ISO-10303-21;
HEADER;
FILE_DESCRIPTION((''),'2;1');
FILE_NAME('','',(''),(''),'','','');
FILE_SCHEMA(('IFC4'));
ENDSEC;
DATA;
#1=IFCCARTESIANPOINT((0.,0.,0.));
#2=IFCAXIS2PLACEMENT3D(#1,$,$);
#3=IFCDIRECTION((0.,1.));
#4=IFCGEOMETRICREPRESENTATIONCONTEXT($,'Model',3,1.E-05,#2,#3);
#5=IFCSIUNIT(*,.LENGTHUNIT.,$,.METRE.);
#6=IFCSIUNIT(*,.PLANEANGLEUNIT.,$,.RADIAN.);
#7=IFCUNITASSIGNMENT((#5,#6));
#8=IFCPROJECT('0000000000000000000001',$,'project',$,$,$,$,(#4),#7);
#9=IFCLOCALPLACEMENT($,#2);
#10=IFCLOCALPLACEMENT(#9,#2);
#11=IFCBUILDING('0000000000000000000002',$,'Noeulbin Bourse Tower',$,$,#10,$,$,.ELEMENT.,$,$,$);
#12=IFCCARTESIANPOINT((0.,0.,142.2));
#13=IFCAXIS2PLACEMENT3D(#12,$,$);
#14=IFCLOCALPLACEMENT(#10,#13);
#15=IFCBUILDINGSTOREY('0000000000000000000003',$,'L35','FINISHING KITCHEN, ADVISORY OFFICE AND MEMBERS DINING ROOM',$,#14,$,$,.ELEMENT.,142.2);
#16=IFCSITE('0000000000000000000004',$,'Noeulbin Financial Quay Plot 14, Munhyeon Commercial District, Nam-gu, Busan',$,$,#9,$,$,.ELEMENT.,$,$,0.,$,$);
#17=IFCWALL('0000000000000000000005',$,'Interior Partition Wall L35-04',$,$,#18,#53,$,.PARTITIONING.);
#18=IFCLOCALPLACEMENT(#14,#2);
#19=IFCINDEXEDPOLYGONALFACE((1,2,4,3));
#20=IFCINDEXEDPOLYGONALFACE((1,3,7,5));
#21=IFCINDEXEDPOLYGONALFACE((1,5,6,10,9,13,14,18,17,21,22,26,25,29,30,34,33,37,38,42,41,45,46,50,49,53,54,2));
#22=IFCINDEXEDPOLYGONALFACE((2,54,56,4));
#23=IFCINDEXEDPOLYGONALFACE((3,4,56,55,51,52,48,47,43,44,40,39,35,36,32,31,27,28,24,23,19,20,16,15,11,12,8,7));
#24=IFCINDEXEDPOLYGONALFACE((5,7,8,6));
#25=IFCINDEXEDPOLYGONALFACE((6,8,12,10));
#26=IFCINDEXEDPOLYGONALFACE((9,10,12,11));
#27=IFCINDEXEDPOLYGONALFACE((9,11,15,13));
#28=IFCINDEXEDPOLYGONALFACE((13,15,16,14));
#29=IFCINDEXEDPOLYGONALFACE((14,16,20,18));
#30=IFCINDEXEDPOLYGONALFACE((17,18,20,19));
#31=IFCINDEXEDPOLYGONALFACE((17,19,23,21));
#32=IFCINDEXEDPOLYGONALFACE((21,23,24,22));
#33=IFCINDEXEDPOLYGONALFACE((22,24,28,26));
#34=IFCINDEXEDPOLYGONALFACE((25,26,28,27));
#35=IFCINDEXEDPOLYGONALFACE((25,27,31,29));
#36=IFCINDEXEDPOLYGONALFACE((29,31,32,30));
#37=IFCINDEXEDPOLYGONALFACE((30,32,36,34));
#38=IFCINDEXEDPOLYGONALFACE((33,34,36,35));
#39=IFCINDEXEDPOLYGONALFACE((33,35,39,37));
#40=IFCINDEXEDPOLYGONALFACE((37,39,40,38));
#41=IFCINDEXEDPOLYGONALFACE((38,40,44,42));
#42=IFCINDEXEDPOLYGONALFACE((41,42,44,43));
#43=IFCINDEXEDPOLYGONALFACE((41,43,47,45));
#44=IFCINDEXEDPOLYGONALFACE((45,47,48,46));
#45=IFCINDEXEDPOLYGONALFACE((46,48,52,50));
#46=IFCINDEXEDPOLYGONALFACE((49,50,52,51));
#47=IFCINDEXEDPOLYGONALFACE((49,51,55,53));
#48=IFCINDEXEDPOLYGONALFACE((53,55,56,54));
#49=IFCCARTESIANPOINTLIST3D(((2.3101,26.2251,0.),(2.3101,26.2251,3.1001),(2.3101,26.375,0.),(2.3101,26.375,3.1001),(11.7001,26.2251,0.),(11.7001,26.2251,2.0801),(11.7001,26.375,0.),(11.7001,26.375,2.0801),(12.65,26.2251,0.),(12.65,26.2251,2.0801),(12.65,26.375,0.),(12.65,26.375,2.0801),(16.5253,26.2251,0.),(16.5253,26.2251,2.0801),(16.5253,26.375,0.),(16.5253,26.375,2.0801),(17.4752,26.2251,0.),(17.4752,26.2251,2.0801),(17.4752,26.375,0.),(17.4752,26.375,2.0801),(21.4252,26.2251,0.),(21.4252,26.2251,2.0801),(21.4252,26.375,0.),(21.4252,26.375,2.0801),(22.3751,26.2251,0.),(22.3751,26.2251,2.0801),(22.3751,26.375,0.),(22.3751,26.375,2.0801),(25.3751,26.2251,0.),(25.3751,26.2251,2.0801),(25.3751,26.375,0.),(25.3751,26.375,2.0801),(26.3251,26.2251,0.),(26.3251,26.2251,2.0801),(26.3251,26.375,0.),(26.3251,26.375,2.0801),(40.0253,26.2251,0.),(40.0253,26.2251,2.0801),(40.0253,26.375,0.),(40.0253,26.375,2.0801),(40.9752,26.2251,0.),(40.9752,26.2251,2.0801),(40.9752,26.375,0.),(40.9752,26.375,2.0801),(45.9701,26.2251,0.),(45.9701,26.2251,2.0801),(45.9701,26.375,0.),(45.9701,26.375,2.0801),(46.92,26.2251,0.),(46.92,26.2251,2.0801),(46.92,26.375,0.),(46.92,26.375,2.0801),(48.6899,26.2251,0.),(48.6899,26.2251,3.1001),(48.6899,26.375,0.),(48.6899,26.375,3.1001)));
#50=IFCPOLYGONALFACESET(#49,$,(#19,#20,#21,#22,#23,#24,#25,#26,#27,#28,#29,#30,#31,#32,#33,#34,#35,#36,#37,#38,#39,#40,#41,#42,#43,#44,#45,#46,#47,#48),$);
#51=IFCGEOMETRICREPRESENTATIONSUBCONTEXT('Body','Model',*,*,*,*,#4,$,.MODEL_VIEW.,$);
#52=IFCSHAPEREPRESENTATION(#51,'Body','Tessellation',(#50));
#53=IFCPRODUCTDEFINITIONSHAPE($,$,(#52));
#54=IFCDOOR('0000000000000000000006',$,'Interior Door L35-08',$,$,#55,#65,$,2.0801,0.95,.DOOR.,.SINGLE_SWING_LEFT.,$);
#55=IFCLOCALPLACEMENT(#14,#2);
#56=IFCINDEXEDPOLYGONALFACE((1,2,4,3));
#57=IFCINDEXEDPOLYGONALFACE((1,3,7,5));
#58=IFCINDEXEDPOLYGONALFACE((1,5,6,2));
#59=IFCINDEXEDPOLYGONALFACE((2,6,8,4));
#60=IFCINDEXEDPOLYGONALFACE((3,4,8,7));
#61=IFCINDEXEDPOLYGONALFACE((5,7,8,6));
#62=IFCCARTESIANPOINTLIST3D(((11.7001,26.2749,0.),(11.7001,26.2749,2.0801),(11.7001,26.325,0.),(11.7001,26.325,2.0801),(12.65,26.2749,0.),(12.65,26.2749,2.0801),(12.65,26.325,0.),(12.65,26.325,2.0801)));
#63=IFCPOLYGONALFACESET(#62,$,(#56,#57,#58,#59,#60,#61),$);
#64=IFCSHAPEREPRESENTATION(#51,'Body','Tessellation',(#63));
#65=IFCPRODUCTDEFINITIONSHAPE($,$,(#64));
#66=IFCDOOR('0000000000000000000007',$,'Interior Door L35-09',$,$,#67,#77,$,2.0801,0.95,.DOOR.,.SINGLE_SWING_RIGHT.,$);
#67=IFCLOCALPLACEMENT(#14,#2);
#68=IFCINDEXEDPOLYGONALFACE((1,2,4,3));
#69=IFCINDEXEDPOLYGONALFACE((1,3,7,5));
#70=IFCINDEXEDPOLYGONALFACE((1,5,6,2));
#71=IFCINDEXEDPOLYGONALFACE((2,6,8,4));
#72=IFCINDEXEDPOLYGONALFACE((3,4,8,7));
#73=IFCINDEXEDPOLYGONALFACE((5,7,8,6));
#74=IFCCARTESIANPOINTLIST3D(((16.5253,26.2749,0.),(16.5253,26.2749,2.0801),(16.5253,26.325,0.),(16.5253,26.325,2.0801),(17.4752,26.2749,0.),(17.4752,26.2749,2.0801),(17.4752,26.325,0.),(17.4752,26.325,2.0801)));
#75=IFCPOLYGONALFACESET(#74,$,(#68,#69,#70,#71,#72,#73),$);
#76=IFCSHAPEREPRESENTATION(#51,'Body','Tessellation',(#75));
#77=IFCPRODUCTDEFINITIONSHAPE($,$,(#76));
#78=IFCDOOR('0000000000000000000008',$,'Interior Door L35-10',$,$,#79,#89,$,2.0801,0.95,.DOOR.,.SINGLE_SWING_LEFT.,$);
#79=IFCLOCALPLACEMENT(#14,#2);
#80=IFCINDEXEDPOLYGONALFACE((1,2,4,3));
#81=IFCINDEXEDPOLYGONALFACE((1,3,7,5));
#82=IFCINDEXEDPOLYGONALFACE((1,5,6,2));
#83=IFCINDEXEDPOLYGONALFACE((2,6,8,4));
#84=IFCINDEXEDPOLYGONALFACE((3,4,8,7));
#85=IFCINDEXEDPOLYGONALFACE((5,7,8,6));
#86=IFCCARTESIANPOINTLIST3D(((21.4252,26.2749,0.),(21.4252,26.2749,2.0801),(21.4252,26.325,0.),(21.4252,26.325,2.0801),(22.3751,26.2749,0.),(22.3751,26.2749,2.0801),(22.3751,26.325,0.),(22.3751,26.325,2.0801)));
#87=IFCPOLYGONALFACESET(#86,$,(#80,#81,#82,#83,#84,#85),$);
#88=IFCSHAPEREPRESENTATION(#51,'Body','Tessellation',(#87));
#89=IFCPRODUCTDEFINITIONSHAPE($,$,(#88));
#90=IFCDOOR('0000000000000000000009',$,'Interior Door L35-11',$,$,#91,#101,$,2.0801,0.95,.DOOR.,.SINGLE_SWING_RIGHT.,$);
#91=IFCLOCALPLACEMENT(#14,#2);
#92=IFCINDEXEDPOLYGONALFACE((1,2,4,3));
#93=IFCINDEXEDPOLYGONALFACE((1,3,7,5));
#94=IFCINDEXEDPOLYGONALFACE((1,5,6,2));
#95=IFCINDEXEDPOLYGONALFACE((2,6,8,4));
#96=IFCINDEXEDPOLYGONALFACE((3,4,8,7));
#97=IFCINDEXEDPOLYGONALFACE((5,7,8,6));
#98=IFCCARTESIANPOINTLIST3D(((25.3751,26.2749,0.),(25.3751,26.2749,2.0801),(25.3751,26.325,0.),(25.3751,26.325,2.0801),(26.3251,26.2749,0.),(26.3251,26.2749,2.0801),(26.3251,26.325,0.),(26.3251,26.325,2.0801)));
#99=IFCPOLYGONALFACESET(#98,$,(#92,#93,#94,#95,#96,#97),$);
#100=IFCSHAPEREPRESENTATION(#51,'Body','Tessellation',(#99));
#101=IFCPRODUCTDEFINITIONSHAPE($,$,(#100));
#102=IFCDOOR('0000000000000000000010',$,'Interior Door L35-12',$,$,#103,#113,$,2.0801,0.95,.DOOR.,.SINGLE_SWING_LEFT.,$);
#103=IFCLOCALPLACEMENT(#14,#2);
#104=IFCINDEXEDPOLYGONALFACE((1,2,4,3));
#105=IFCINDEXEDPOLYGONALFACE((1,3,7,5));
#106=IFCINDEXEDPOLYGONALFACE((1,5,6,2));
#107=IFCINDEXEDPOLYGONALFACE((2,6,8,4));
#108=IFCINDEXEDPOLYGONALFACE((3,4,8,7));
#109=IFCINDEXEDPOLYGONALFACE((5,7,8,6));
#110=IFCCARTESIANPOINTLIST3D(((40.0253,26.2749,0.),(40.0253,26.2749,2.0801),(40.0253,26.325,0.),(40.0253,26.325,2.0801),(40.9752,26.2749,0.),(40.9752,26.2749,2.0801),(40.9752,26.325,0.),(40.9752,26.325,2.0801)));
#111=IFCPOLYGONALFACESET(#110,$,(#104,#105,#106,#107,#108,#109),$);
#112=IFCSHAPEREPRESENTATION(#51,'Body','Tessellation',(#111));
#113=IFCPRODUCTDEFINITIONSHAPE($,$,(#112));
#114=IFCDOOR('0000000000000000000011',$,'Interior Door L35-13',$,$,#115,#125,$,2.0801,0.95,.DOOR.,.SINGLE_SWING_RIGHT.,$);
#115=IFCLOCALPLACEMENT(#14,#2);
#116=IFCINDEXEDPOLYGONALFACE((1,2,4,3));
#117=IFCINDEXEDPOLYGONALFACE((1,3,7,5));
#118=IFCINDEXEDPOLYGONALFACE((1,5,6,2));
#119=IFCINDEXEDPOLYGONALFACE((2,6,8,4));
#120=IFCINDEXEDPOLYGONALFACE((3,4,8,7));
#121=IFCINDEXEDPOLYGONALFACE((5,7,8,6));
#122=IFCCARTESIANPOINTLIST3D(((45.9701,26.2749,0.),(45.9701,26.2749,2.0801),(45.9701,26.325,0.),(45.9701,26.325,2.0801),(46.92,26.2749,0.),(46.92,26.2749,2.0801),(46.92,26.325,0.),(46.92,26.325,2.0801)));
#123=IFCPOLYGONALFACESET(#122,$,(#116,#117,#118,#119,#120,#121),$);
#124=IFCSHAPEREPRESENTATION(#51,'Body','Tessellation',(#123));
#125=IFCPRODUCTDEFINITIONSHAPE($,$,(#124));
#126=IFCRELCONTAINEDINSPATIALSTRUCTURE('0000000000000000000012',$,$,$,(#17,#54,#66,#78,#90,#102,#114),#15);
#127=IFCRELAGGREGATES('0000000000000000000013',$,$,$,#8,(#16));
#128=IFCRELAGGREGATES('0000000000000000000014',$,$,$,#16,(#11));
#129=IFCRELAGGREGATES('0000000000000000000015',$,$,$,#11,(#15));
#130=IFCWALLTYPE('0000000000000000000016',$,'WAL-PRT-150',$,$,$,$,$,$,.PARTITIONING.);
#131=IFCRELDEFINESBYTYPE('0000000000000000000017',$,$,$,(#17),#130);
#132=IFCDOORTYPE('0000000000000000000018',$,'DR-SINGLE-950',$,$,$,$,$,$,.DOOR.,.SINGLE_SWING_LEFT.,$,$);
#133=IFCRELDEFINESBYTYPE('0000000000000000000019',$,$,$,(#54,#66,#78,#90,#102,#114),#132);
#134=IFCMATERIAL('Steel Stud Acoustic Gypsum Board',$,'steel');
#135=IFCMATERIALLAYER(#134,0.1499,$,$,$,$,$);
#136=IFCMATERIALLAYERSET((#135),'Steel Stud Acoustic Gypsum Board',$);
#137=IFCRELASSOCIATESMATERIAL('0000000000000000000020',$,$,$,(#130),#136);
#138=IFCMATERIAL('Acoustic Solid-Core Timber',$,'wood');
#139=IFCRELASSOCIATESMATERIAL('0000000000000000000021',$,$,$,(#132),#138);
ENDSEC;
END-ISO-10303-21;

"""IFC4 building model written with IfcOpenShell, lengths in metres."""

from ifc_helpers import new_model, si_unit, direction, frame, frame_2d, origin, place, context, subcontext, project, spatial, rectangle, extrude, material, layer, layer_set, type_object, element, fill, save


model = new_model("IFC4")

# Units and contexts
model_context = context("Model", 3, precision=1e-05, world=origin(), true_north=direction((0.0, 1.0)))
body_context = subcontext(model_context, "Body", "Model", "MODEL_VIEW")
ifc_project = project(units=[si_unit("LENGTHUNIT", "METRE"), si_unit("PLANEANGLEUNIT", "RADIAN")], contexts=[model_context])

# Site, building, storey
site_placement = place(None, origin())
site = spatial("IfcSite", under=ifc_project, at=site_placement, Name="Noeulbin Financial Quay Plot 14, Munhyeon Commercial District, Nam-gu, Busan", CompositionType="ELEMENT", RefElevation=0.0)
building_placement = place(site_placement, origin())
building = spatial("IfcBuilding", under=site, at=building_placement, Name="Noeulbin Bourse Tower", CompositionType="ELEMENT")
storey_placement = place(building_placement, frame((0.0, 0.0, 142.2)))
storey = spatial("IfcBuildingStorey", under=building, at=storey_placement, Name="L35", Description="FINISHING KITCHEN, ADVISORY OFFICE AND MEMBERS DINING ROOM", CompositionType="ELEMENT", Elevation=142.2)

# Wall, openings, doors
ifc_material_1 = material(Name="Steel Stud Acoustic Gypsum Board", Category="steel")
ifc_layer_1 = layer(ifc_material_1, 0.1499)
ifc_layer_set_1 = layer_set([ifc_layer_1], Name="Steel Stud Acoustic Gypsum Board")
wall_type = type_object("IfcWallType", Name="WAL-PRT-150", PredefinedType="PARTITIONING", material=ifc_layer_set_1)
wall_placement = place(storey_placement, frame((2.3101, 26.3, 0.0), z_axis=(0.0, 0.0, 1.0), x_axis=(1.0, 0.0, 0.0)))
wall = element("IfcWall", 1, at=wall_placement, inside=storey, type_object=wall_type, Name="Interior Partition Wall L35-04", PredefinedType="PARTITIONING", context=body_context, shape_type="SweptSolid", body=[
    extrude(rectangle(XDim=46.3799, YDim=0.1499, at=frame_2d((23.1899, 0.0))), origin(), (0.0, 0.0, 1.0), 3.1001),
])
opening_1_placement = place(wall_placement, frame((9.3899, 0.0, 0.0)))
opening_1 = element("IfcOpeningElement", 2, at=opening_1_placement, cuts=wall, PredefinedType="OPENING", context=body_context, shape_type="SweptSolid", body=[
    extrude(rectangle(XDim=0.95, YDim=2.0801, at=frame_2d((0.4751, 1.04))), frame((0.0, 0.085, 0.0), z_axis=(0.0, -1.0, 0.0), x_axis=(1.0, 0.0, 0.0)), (0.0, 0.0, 1.0), 0.1699),
])
opening_2_placement = place(wall_placement, frame((14.2151, 0.0, 0.0)))
opening_2 = element("IfcOpeningElement", 3, at=opening_2_placement, cuts=wall, PredefinedType="OPENING", context=body_context, shape_type="SweptSolid", body=[
    extrude(rectangle(XDim=0.95, YDim=2.0801, at=frame_2d((0.4751, 1.04))), frame((0.0, 0.085, 0.0), z_axis=(0.0, -1.0, 0.0), x_axis=(1.0, 0.0, 0.0)), (0.0, 0.0, 1.0), 0.1699),
])
opening_3_placement = place(wall_placement, frame((19.115, 0.0, 0.0)))
opening_3 = element("IfcOpeningElement", 4, at=opening_3_placement, cuts=wall, PredefinedType="OPENING", context=body_context, shape_type="SweptSolid", body=[
    extrude(rectangle(XDim=0.95, YDim=2.0801, at=frame_2d((0.4751, 1.04))), frame((0.0, 0.085, 0.0), z_axis=(0.0, -1.0, 0.0), x_axis=(1.0, 0.0, 0.0)), (0.0, 0.0, 1.0), 0.1699),
])
opening_4_placement = place(wall_placement, frame((23.0649, 0.0, 0.0)))
opening_4 = element("IfcOpeningElement", 5, at=opening_4_placement, cuts=wall, PredefinedType="OPENING", context=body_context, shape_type="SweptSolid", body=[
    extrude(rectangle(XDim=0.95, YDim=2.0801, at=frame_2d((0.4751, 1.04))), frame((0.0, 0.085, 0.0), z_axis=(0.0, -1.0, 0.0), x_axis=(1.0, 0.0, 0.0)), (0.0, 0.0, 1.0), 0.1699),
])
opening_5_placement = place(wall_placement, frame((37.7151, 0.0, 0.0)))
opening_5 = element("IfcOpeningElement", 6, at=opening_5_placement, cuts=wall, PredefinedType="OPENING", context=body_context, shape_type="SweptSolid", body=[
    extrude(rectangle(XDim=0.95, YDim=2.0801, at=frame_2d((0.4751, 1.04))), frame((0.0, 0.085, 0.0), z_axis=(0.0, -1.0, 0.0), x_axis=(1.0, 0.0, 0.0)), (0.0, 0.0, 1.0), 0.1699),
])
opening_6_placement = place(wall_placement, frame((43.6599, 0.0, 0.0)))
opening_6 = element("IfcOpeningElement", 7, at=opening_6_placement, cuts=wall, PredefinedType="OPENING", context=body_context, shape_type="SweptSolid", body=[
    extrude(rectangle(XDim=0.95, YDim=2.0801, at=frame_2d((0.4751, 1.04))), frame((0.0, 0.085, 0.0), z_axis=(0.0, -1.0, 0.0), x_axis=(1.0, 0.0, 0.0)), (0.0, 0.0, 1.0), 0.1699),
])
ifc_material_2 = material(Name="Acoustic Solid-Core Timber", Category="wood")
door_type = type_object("IfcDoorType", Name="DR-SINGLE-950", OperationType="SINGLE_SWING_LEFT", PredefinedType="DOOR", material=ifc_material_2)
door_1_placement = place(opening_1_placement, origin())
door_1 = element("IfcDoor", 8, at=door_1_placement, inside=storey, type_object=door_type, Name="Interior Door L35-08", OperationType="SINGLE_SWING_LEFT", OverallHeight=2.0801, OverallWidth=0.95, PredefinedType="DOOR", context=body_context, shape_type="SweptSolid", body=[
    extrude(rectangle(XDim=0.95, YDim=2.0801, at=frame_2d((0.4751, 1.04))), frame((0.0, 0.0249, 0.0), z_axis=(0.0, -1.0, 0.0), x_axis=(1.0, 0.0, 0.0)), (0.0, 0.0, 1.0), 0.05),
])
fill(opening_1, door_1)
door_2_placement = place(opening_2_placement, origin())
door_2 = element("IfcDoor", 9, at=door_2_placement, inside=storey, type_object=door_type, Name="Interior Door L35-09", OperationType="SINGLE_SWING_RIGHT", OverallHeight=2.0801, OverallWidth=0.95, PredefinedType="DOOR", context=body_context, shape_type="SweptSolid", body=[
    extrude(rectangle(XDim=0.95, YDim=2.0801, at=frame_2d((0.4751, 1.04))), frame((0.0, 0.0249, 0.0), z_axis=(0.0, -1.0, 0.0), x_axis=(1.0, 0.0, 0.0)), (0.0, 0.0, 1.0), 0.05),
])
fill(opening_2, door_2)
door_3_placement = place(opening_3_placement, origin())
door_3 = element("IfcDoor", 10, at=door_3_placement, inside=storey, type_object=door_type, Name="Interior Door L35-10", OperationType="SINGLE_SWING_LEFT", OverallHeight=2.0801, OverallWidth=0.95, PredefinedType="DOOR", context=body_context, shape_type="SweptSolid", body=[
    extrude(rectangle(XDim=0.95, YDim=2.0801, at=frame_2d((0.4751, 1.04))), frame((0.0, 0.0249, 0.0), z_axis=(0.0, -1.0, 0.0), x_axis=(1.0, 0.0, 0.0)), (0.0, 0.0, 1.0), 0.05),
])
fill(opening_3, door_3)
door_4_placement = place(opening_4_placement, origin())
door_4 = element("IfcDoor", 11, at=door_4_placement, inside=storey, type_object=door_type, Name="Interior Door L35-11", OperationType="SINGLE_SWING_RIGHT", OverallHeight=2.0801, OverallWidth=0.95, PredefinedType="DOOR", context=body_context, shape_type="SweptSolid", body=[
    extrude(rectangle(XDim=0.95, YDim=2.0801, at=frame_2d((0.4751, 1.04))), frame((0.0, 0.0249, 0.0), z_axis=(0.0, -1.0, 0.0), x_axis=(1.0, 0.0, 0.0)), (0.0, 0.0, 1.0), 0.05),
])
fill(opening_4, door_4)
door_5_placement = place(opening_5_placement, origin())
door_5 = element("IfcDoor", 12, at=door_5_placement, inside=storey, type_object=door_type, Name="Interior Door L35-12", OperationType="SINGLE_SWING_LEFT", OverallHeight=2.0801, OverallWidth=0.95, PredefinedType="DOOR", context=body_context, shape_type="SweptSolid", body=[
    extrude(rectangle(XDim=0.95, YDim=2.0801, at=frame_2d((0.4751, 1.04))), frame((0.0, 0.0249, 0.0), z_axis=(0.0, -1.0, 0.0), x_axis=(1.0, 0.0, 0.0)), (0.0, 0.0, 1.0), 0.05),
])
fill(opening_5, door_5)
door_6_placement = place(opening_6_placement, origin())
door_6 = element("IfcDoor", 13, at=door_6_placement, inside=storey, type_object=door_type, Name="Interior Door L35-13", OperationType="SINGLE_SWING_RIGHT", OverallHeight=2.0801, OverallWidth=0.95, PredefinedType="DOOR", context=body_context, shape_type="SweptSolid", body=[
    extrude(rectangle(XDim=0.95, YDim=2.0801, at=frame_2d((0.4751, 1.04))), frame((0.0, 0.0249, 0.0), z_axis=(0.0, -1.0, 0.0), x_axis=(1.0, 0.0, 0.0)), (0.0, 0.0, 1.0), 0.05),
])
fill(opening_6, door_6)

save(model, "model.ifc")
